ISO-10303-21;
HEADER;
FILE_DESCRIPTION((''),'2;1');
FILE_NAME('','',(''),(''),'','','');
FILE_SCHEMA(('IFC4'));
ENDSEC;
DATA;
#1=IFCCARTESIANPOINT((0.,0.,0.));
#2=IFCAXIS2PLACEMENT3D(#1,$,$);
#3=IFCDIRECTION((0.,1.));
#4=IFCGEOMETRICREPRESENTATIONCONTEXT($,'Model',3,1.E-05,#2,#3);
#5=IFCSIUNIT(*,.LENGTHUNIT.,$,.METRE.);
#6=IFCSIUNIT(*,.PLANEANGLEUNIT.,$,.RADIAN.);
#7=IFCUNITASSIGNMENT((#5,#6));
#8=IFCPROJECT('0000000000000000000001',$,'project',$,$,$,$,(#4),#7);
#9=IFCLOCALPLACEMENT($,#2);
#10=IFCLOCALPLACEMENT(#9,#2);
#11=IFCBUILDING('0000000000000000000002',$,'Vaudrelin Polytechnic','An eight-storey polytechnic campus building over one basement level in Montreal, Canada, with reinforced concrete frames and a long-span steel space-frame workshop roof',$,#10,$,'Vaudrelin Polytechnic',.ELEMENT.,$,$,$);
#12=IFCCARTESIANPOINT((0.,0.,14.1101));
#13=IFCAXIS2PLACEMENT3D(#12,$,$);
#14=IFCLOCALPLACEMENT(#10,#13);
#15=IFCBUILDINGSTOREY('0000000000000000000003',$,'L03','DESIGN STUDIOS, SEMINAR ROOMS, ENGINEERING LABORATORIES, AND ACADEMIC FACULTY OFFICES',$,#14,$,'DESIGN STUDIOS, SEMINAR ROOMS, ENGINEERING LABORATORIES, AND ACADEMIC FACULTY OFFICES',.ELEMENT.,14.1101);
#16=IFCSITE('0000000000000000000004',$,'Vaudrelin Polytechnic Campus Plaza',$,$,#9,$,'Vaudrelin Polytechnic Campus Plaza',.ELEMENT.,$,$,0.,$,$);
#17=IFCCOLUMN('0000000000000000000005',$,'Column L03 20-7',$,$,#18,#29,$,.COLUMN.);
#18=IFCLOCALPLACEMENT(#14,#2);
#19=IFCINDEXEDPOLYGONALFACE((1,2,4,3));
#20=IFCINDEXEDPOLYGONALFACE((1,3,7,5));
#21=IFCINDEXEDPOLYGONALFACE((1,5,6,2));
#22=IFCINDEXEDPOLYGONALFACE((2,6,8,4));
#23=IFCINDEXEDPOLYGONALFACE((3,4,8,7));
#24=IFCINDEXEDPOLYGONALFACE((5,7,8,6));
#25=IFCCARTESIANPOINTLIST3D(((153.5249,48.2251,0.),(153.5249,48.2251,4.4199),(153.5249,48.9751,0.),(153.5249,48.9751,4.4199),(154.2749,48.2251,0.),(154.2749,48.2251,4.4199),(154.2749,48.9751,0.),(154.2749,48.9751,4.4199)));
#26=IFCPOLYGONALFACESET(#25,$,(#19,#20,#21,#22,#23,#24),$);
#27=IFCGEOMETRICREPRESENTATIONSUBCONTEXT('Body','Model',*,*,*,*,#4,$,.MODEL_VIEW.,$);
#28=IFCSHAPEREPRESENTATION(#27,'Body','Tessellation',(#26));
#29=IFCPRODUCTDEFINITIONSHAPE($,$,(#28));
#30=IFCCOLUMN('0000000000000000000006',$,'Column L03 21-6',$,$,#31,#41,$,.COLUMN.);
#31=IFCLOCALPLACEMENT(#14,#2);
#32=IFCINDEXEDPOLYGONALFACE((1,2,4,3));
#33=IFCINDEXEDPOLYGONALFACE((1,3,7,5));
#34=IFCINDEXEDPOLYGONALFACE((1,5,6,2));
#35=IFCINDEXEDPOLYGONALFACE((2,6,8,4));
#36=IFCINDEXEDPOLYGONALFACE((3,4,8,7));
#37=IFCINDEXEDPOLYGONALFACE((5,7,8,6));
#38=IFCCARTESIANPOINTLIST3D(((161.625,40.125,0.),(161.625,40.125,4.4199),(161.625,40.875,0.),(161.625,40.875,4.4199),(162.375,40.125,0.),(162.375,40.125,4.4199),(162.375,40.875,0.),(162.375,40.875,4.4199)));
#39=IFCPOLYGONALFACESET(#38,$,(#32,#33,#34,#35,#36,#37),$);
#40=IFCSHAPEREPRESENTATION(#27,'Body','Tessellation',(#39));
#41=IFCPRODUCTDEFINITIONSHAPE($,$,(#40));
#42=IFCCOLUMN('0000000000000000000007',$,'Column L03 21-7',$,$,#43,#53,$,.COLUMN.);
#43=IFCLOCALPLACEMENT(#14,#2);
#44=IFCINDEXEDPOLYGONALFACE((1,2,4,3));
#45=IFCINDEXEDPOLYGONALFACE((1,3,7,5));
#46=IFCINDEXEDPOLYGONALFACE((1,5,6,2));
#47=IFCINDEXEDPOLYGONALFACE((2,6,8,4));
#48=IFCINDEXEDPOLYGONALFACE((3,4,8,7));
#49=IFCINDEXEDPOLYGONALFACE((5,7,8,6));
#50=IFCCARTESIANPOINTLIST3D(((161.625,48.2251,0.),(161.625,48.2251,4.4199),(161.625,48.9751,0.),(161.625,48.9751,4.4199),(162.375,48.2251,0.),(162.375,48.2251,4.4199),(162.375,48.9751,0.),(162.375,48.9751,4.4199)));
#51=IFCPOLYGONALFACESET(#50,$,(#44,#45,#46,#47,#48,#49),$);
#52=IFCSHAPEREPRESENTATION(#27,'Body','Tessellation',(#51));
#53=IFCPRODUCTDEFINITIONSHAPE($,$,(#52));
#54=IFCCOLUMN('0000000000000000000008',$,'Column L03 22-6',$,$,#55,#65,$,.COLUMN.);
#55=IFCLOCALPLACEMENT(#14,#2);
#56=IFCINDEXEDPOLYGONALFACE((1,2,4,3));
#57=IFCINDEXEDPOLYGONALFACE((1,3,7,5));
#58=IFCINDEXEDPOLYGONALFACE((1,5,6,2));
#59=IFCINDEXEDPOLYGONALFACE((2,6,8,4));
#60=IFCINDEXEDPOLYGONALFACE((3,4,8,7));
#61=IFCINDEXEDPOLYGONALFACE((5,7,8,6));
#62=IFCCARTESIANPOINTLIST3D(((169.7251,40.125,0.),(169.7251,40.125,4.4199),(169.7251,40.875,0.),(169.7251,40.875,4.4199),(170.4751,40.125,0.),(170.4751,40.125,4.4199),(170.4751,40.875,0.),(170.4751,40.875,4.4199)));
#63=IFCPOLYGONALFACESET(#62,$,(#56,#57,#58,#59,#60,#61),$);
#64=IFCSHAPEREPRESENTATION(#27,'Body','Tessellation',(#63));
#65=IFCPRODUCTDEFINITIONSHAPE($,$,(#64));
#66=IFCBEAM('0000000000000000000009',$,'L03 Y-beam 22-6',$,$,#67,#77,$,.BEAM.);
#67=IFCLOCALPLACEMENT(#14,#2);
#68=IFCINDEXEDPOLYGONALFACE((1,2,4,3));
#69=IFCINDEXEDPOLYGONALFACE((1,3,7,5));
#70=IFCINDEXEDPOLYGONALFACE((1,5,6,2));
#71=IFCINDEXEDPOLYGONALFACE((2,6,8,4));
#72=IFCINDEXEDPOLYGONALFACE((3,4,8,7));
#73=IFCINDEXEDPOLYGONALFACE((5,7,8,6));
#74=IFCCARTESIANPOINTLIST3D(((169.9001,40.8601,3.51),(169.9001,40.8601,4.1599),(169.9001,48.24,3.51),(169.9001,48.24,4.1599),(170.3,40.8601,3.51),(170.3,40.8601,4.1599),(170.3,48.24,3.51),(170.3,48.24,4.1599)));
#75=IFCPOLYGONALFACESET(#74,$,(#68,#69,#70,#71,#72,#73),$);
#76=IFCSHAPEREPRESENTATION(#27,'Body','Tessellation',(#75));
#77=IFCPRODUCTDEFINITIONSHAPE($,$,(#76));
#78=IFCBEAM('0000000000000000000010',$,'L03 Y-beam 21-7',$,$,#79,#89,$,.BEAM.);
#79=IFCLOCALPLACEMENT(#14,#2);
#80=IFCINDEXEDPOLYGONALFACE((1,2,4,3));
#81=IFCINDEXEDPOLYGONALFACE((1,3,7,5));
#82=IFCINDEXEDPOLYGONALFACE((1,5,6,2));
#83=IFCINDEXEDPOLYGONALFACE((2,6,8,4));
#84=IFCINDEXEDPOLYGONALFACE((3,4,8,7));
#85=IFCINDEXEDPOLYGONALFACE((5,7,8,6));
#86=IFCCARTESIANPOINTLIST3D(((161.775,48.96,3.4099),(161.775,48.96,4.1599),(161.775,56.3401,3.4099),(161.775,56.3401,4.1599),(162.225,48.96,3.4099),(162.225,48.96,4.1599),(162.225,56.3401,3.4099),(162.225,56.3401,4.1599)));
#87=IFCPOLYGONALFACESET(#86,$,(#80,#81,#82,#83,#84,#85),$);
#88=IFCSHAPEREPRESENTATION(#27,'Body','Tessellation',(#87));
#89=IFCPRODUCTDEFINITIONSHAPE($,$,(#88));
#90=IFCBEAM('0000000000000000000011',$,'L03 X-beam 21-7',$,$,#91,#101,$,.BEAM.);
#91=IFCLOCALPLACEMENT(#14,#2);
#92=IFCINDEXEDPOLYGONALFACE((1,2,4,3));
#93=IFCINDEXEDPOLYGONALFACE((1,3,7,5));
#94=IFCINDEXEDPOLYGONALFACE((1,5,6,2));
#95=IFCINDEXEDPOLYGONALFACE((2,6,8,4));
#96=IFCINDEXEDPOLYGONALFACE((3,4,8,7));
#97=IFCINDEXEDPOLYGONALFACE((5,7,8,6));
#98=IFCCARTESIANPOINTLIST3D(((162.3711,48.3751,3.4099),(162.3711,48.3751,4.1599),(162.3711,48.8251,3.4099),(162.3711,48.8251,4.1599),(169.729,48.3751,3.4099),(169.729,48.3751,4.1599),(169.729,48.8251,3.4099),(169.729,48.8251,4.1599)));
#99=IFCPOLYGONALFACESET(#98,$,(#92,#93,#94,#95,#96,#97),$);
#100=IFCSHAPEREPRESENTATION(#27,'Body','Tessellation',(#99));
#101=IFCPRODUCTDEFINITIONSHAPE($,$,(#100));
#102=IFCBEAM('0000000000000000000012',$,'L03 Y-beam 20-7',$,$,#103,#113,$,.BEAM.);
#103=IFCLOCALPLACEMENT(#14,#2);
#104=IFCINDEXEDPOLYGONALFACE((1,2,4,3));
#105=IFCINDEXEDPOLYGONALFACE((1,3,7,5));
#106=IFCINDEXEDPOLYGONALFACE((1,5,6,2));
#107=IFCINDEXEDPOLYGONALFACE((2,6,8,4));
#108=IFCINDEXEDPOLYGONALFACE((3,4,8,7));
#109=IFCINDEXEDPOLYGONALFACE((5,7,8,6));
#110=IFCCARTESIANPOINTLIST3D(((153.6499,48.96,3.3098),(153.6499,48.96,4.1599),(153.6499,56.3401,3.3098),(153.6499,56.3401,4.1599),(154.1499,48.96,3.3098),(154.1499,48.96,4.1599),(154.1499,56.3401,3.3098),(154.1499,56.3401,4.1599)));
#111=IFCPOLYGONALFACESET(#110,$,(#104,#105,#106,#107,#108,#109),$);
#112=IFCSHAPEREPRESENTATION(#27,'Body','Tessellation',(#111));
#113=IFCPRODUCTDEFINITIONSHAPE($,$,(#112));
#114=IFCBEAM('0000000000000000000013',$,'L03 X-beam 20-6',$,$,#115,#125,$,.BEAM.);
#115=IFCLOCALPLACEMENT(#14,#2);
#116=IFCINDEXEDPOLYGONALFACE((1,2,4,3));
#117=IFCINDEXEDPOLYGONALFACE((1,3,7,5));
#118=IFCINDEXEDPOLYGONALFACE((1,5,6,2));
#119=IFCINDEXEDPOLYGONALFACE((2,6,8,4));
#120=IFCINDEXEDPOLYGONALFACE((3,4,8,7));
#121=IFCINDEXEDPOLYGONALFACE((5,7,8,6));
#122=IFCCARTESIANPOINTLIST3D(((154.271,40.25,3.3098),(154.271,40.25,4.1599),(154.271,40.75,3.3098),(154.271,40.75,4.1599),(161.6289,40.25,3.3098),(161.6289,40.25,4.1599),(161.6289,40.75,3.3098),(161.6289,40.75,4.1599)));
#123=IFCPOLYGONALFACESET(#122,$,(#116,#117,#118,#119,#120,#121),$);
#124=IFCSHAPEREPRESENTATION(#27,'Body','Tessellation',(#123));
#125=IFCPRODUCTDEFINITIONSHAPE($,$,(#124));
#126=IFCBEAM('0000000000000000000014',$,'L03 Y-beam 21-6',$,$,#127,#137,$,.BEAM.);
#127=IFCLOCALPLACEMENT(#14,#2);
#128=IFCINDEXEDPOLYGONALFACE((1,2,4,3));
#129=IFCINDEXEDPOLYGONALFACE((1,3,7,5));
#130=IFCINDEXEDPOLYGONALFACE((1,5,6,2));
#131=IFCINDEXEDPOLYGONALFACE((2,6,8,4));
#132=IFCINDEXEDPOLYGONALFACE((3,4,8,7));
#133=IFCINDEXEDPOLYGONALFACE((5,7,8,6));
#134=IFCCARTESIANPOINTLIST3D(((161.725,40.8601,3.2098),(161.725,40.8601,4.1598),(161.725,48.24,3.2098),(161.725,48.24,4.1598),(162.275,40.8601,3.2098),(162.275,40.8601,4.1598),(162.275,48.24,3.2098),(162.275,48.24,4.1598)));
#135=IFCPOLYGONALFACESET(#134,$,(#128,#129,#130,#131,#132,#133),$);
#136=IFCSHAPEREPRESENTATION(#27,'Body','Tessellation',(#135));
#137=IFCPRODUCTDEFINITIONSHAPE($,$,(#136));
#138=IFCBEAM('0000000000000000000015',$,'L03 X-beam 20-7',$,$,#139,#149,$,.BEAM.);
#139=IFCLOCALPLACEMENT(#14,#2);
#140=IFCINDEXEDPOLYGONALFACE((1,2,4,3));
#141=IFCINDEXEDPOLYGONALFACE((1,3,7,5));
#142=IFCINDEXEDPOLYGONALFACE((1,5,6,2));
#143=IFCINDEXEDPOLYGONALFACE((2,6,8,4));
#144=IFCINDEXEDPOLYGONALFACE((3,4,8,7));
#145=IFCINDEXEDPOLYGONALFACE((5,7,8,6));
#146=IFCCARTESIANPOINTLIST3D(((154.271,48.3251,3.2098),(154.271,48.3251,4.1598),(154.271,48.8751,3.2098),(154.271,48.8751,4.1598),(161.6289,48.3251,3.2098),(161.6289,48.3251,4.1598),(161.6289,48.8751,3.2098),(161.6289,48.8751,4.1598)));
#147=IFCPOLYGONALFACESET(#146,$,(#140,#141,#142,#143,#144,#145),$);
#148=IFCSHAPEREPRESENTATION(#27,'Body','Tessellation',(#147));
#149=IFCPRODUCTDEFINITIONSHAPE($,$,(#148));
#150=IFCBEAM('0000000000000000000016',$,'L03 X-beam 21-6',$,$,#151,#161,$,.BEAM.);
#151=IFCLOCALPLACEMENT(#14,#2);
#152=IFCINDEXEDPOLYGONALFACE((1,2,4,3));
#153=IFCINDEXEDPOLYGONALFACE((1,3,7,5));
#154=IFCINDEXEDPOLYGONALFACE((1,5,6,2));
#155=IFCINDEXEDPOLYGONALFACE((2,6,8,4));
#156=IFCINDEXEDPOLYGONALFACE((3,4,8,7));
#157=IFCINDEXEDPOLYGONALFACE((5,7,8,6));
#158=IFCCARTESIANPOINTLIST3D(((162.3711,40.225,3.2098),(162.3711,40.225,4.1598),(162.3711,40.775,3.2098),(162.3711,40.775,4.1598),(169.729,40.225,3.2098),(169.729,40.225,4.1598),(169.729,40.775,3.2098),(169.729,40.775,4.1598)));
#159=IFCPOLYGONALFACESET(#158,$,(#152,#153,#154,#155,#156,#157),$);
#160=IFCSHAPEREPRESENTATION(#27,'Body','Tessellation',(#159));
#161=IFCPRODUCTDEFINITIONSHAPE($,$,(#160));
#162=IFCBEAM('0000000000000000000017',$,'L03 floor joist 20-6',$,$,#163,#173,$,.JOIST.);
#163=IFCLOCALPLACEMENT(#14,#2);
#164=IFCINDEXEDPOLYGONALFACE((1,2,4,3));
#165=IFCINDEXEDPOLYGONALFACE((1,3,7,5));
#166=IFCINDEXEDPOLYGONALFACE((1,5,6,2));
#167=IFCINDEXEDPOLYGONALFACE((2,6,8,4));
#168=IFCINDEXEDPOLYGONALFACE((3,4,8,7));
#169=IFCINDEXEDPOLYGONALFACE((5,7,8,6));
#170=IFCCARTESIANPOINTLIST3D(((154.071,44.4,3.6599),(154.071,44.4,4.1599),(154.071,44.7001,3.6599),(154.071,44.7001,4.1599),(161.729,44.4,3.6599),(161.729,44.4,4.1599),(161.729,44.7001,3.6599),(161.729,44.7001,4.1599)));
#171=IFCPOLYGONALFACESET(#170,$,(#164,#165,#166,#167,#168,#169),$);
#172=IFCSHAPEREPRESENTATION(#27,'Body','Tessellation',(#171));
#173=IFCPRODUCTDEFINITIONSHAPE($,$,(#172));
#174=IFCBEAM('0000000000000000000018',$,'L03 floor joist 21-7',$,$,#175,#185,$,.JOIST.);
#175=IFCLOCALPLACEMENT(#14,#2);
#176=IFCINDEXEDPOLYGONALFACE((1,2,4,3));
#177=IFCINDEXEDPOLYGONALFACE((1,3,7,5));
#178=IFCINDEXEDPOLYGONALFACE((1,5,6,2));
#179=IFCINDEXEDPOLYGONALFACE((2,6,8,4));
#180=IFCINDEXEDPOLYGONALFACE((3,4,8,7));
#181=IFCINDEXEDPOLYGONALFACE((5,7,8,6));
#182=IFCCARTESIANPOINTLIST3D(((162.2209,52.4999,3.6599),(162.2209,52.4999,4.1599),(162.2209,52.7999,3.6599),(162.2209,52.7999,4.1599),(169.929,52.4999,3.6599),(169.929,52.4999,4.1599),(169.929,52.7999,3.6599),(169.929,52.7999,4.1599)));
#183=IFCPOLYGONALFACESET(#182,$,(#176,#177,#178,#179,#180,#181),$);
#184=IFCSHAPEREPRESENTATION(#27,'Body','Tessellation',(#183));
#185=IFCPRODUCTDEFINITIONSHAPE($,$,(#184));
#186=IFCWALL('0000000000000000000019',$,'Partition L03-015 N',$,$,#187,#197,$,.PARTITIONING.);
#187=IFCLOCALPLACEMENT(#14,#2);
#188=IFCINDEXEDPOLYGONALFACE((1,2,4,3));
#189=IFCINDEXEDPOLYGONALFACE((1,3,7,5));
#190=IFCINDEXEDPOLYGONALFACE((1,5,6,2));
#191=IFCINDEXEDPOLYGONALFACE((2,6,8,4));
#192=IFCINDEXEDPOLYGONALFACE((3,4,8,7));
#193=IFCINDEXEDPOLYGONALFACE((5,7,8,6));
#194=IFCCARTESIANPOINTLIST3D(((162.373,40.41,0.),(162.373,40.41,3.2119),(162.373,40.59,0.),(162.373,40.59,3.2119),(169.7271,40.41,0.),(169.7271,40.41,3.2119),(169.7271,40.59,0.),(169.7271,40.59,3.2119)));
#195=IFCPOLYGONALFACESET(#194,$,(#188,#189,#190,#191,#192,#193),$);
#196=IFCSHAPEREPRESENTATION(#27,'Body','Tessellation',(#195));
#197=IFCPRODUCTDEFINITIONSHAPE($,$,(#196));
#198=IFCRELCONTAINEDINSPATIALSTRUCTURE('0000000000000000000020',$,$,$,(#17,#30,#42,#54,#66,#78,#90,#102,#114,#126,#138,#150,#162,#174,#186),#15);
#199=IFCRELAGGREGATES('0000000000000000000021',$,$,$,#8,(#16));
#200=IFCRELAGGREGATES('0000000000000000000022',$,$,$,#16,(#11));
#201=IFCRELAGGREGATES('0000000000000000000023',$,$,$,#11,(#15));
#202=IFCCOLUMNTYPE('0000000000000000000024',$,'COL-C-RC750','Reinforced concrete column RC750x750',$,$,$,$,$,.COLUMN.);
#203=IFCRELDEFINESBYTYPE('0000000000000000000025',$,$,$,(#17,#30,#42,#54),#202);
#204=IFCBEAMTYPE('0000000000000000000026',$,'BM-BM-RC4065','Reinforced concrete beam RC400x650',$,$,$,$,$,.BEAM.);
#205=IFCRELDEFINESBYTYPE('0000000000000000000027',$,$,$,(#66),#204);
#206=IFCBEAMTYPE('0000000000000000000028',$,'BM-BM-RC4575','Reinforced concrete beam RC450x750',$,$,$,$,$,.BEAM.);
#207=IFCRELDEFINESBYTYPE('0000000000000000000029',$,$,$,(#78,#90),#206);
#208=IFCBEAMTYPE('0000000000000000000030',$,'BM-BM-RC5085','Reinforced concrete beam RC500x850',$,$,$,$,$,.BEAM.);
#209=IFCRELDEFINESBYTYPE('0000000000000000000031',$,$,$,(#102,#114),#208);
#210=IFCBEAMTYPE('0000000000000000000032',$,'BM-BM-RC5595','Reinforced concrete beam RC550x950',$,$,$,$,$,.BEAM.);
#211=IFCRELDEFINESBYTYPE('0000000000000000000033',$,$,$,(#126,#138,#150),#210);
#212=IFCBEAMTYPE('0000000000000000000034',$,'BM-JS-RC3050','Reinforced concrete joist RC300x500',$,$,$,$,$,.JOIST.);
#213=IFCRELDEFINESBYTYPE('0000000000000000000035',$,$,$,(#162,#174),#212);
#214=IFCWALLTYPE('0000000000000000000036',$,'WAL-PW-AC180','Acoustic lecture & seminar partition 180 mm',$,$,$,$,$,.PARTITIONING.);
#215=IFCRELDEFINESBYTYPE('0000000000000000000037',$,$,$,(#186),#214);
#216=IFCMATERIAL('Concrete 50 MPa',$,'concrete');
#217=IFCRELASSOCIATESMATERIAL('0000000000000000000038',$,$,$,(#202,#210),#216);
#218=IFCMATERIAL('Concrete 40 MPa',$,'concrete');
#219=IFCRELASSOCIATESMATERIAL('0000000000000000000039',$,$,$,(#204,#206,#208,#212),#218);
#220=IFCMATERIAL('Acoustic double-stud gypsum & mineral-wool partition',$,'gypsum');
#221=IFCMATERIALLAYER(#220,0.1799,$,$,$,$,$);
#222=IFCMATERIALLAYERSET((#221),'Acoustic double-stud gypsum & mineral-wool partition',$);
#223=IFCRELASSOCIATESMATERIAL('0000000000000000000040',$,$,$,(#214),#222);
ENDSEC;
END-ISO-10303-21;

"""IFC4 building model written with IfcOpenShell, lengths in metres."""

from ifc_helpers import new_model, si_unit, direction, frame, frame_2d, origin, origin_2d, place, context, subcontext, project, spatial, rectangle, extrude, material, layer, layer_set, material_profile, profile_set, type_object, element, save


model = new_model("IFC4")

# Units and contexts
model_context = context("Model", 3, precision=1e-05, world=origin(), true_north=direction((0.0, 1.0)))
body_context = subcontext(model_context, "Body", "Model", "MODEL_VIEW")
ifc_project = project(units=[si_unit("LENGTHUNIT", "METRE"), si_unit("PLANEANGLEUNIT", "RADIAN")], contexts=[model_context])

# Site, building, storey
site_placement = place(None, origin())
site = spatial("IfcSite", under=ifc_project, at=site_placement, Name="Vaudrelin Polytechnic Campus Plaza", LongName="Vaudrelin Polytechnic Campus Plaza", CompositionType="ELEMENT", RefElevation=0.0)
building_placement = place(site_placement, origin())
building = spatial("IfcBuilding", under=site, at=building_placement, Name="Vaudrelin Polytechnic", Description="An eight-storey polytechnic campus building over one basement level in Montreal, Canada, with reinforced concrete frames and a long-span steel space-frame workshop roof", LongName="Vaudrelin Polytechnic", CompositionType="ELEMENT")
storey_placement = place(building_placement, frame((0.0, 0.0, 14.1101)))
storey = spatial("IfcBuildingStorey", under=building, at=storey_placement, Name="L03", Description="DESIGN STUDIOS, SEMINAR ROOMS, ENGINEERING LABORATORIES, AND ACADEMIC FACULTY OFFICES", LongName="DESIGN STUDIOS, SEMINAR ROOMS, ENGINEERING LABORATORIES, AND ACADEMIC FACULTY OFFICES", CompositionType="ELEMENT", Elevation=14.1101)

# Columns
ifc_material_1 = material(Name="Concrete 50 MPa", Category="concrete")
ifc_material_profile_1 = material_profile(ifc_material_1, rectangle(XDim=0.75, YDim=0.75, at=origin_2d()), Name="RC750x750")
ifc_profile_set_1 = profile_set([ifc_material_profile_1], Name="Concrete 50 MPa")
column_type = type_object("IfcColumnType", Name="COL-C-RC750", Description="Reinforced concrete column RC750x750", PredefinedType="COLUMN", material=ifc_profile_set_1)
for number, where, z_axis, x_axis, name in (
    (1, (153.8999, 48.6001, 0.0), (0.0, 0.0, 1.0), (1.0, 0.0, 0.0), "Column L03 20-7"),
    (2, (162.0, 40.5, 0.0), (0.0, 0.0, 1.0), (1.0, 0.0, 0.0), "Column L03 21-6"),
    (3, (162.0, 48.6001, 0.0), (0.0, 0.0, 1.0), (1.0, 0.0, 0.0), "Column L03 21-7"),
    (4, (170.1001, 40.5, 0.0), (0.0, 0.0, 1.0), (1.0, 0.0, 0.0), "Column L03 22-6"),
):
    element("IfcColumn", number, at=place(storey_placement, frame(where, z_axis=z_axis, x_axis=x_axis)), inside=storey, type_object=column_type, Name=name, PredefinedType="COLUMN", context=body_context, shape_type="SweptSolid", body=[
        extrude(rectangle(XDim=0.75, YDim=0.75, at=origin_2d()), origin(), (0.0, 0.0, 1.0), 4.4199),
    ])

# Beams
ifc_material_2 = material(Name="Concrete 40 MPa", Category="concrete")
ifc_material_profile_2 = material_profile(ifc_material_2, rectangle(XDim=0.3999, YDim=0.6499, at=origin_2d()), Name="RC400x650")
ifc_profile_set_2 = profile_set([ifc_material_profile_2], Name="Concrete 40 MPa")
beam_type_1 = type_object("IfcBeamType", Name="BM-BM-RC4065", Description="Reinforced concrete beam RC400x650", PredefinedType="BEAM", material=ifc_profile_set_2)
beam_1_placement = place(storey_placement, frame((170.1001, 40.8601, 3.835), z_axis=(0.0, 1.0, 0.0), x_axis=(-1.0, 0.0, 0.0)))
element("IfcBeam", 5, at=beam_1_placement, inside=storey, type_object=beam_type_1, Name="L03 Y-beam 22-6", PredefinedType="BEAM", context=body_context, shape_type="SweptSolid", body=[
    extrude(rectangle(XDim=0.3999, YDim=0.6499, at=origin_2d()), origin(), (0.0, 0.0, 1.0), 7.3799),
])
ifc_material_profile_3 = material_profile(ifc_material_2, rectangle(XDim=0.45, YDim=0.75, at=origin_2d()), Name="RC450x750")
ifc_profile_set_3 = profile_set([ifc_material_profile_3], Name="Concrete 40 MPa")
beam_type_2 = type_object("IfcBeamType", Name="BM-BM-RC4575", Description="Reinforced concrete beam RC450x750", PredefinedType="BEAM", material=ifc_profile_set_3)
beam_2_placement = place(storey_placement, frame((162.0, 48.96, 3.7849), z_axis=(0.0, 1.0, 0.0), x_axis=(-1.0, 0.0, 0.0)))
element("IfcBeam", 6, at=beam_2_placement, inside=storey, type_object=beam_type_2, Name="L03 Y-beam 21-7", PredefinedType="BEAM", context=body_context, shape_type="SweptSolid", body=[
    extrude(rectangle(XDim=0.45, YDim=0.75, at=origin_2d()), origin(), (0.0, 0.0, 1.0), 7.3801),
])
beam_3_placement = place(storey_placement, frame((162.3711, 48.6001, 3.7849), z_axis=(1.0, 0.0, 0.0), x_axis=(0.0, 1.0, 0.0)))
element("IfcBeam", 7, at=beam_3_placement, inside=storey, type_object=beam_type_2, Name="L03 X-beam 21-7", PredefinedType="BEAM", context=body_context, shape_type="SweptSolid", body=[
    extrude(rectangle(XDim=0.45, YDim=0.75, at=origin_2d()), origin(), (0.0, 0.0, 1.0), 7.3579),
])
ifc_material_profile_4 = material_profile(ifc_material_2, rectangle(XDim=0.5, YDim=0.8501, at=origin_2d()), Name="RC500x850")
ifc_profile_set_4 = profile_set([ifc_material_profile_4], Name="Concrete 40 MPa")
beam_type_3 = type_object("IfcBeamType", Name="BM-BM-RC5085", Description="Reinforced concrete beam RC500x850", PredefinedType="BEAM", material=ifc_profile_set_4)
beam_4_placement = place(storey_placement, frame((153.8999, 48.96, 3.7349), z_axis=(0.0, 1.0, 0.0), x_axis=(-1.0, 0.0, 0.0)))
element("IfcBeam", 8, at=beam_4_placement, inside=storey, type_object=beam_type_3, Name="L03 Y-beam 20-7", PredefinedType="BEAM", context=body_context, shape_type="SweptSolid", body=[
    extrude(rectangle(XDim=0.5, YDim=0.8501, at=origin_2d()), origin(), (0.0, 0.0, 1.0), 7.3801),
])
beam_5_placement = place(storey_placement, frame((154.271, 40.5, 3.7349), z_axis=(1.0, 0.0, 0.0), x_axis=(0.0, 1.0, 0.0)))
element("IfcBeam", 9, at=beam_5_placement, inside=storey, type_object=beam_type_3, Name="L03 X-beam 20-6", PredefinedType="BEAM", context=body_context, shape_type="SweptSolid", body=[
    extrude(rectangle(XDim=0.5, YDim=0.8501, at=origin_2d()), origin(), (0.0, 0.0, 1.0), 7.3579),
])
ifc_material_profile_5 = material_profile(ifc_material_1, rectangle(XDim=0.55, YDim=0.95, at=origin_2d()), Name="RC550x950")
ifc_profile_set_5 = profile_set([ifc_material_profile_5], Name="Concrete 50 MPa")
beam_type_4 = type_object("IfcBeamType", Name="BM-BM-RC5595", Description="Reinforced concrete beam RC550x950", PredefinedType="BEAM", material=ifc_profile_set_5)
beam_6_placement = place(storey_placement, frame((162.0, 40.8601, 3.6848), z_axis=(0.0, 1.0, 0.0), x_axis=(-1.0, 0.0, 0.0)))
element("IfcBeam", 10, at=beam_6_placement, inside=storey, type_object=beam_type_4, Name="L03 Y-beam 21-6", PredefinedType="BEAM", context=body_context, shape_type="SweptSolid", body=[
    extrude(rectangle(XDim=0.55, YDim=0.95, at=origin_2d()), origin(), (0.0, 0.0, 1.0), 7.3799),
])
for number, where, z_axis, x_axis, name in (
    (11, (154.271, 48.6001, 3.6848), (1.0, 0.0, 0.0), (0.0, 1.0, 0.0), "L03 X-beam 20-7"),
    (12, (162.3711, 40.5, 3.6848), (1.0, 0.0, 0.0), (0.0, 1.0, 0.0), "L03 X-beam 21-6"),
):
    element("IfcBeam", number, at=place(storey_placement, frame(where, z_axis=z_axis, x_axis=x_axis)), inside=storey, type_object=beam_type_4, Name=name, PredefinedType="BEAM", context=body_context, shape_type="SweptSolid", body=[
        extrude(rectangle(XDim=0.55, YDim=0.95, at=origin_2d()), origin(), (0.0, 0.0, 1.0), 7.3579),
    ])
ifc_material_profile_6 = material_profile(ifc_material_2, rectangle(XDim=0.3, YDim=0.5, at=origin_2d()), Name="RC300x500")
ifc_profile_set_6 = profile_set([ifc_material_profile_6], Name="Concrete 40 MPa")
beam_type_5 = type_object("IfcBeamType", Name="BM-JS-RC3050", Description="Reinforced concrete joist RC300x500", PredefinedType="JOIST", material=ifc_profile_set_6)
beam_7_placement = place(storey_placement, frame((154.071, 44.55, 3.9099), z_axis=(1.0, 0.0, 0.0), x_axis=(0.0, 1.0, 0.0)))
element("IfcBeam", 13, at=beam_7_placement, inside=storey, type_object=beam_type_5, Name="L03 floor joist 20-6", PredefinedType="JOIST", context=body_context, shape_type="SweptSolid", body=[
    extrude(rectangle(XDim=0.3, YDim=0.5, at=origin_2d()), origin(), (0.0, 0.0, 1.0), 7.658),
])
beam_8_placement = place(storey_placement, frame((162.2209, 52.6499, 3.9099), z_axis=(1.0, 0.0, 0.0), x_axis=(0.0, 1.0, 0.0)))
element("IfcBeam", 14, at=beam_8_placement, inside=storey, type_object=beam_type_5, Name="L03 floor joist 21-7", PredefinedType="JOIST", context=body_context, shape_type="SweptSolid", body=[
    extrude(rectangle(XDim=0.3, YDim=0.5, at=origin_2d()), origin(), (0.0, 0.0, 1.0), 7.708),
])

# Wall
ifc_material_3 = material(Name="Acoustic double-stud gypsum & mineral-wool partition", Category="gypsum")
ifc_layer_1 = layer(ifc_material_3, 0.1799)
ifc_layer_set_1 = layer_set([ifc_layer_1], Name="Acoustic double-stud gypsum & mineral-wool partition")
wall_type_1 = type_object("IfcWallType", Name="WAL-PW-AC180", Description="Acoustic lecture & seminar partition 180 mm", PredefinedType="PARTITIONING", material=ifc_layer_set_1)
wall_1_placement = place(storey_placement, frame((162.373, 40.5, 0.0), z_axis=(0.0, 0.0, 1.0), x_axis=(1.0, 0.0, 0.0)))
element("IfcWall", 15, at=wall_1_placement, inside=storey, type_object=wall_type_1, Name="Partition L03-015 N", PredefinedType="PARTITIONING", context=body_context, shape_type="SweptSolid", body=[
    extrude(rectangle(XDim=7.354, YDim=0.1799, at=frame_2d((3.677, 0.0))), origin(), (0.0, 0.0, 1.0), 3.2119),
])

save(model, "model.ifc")
